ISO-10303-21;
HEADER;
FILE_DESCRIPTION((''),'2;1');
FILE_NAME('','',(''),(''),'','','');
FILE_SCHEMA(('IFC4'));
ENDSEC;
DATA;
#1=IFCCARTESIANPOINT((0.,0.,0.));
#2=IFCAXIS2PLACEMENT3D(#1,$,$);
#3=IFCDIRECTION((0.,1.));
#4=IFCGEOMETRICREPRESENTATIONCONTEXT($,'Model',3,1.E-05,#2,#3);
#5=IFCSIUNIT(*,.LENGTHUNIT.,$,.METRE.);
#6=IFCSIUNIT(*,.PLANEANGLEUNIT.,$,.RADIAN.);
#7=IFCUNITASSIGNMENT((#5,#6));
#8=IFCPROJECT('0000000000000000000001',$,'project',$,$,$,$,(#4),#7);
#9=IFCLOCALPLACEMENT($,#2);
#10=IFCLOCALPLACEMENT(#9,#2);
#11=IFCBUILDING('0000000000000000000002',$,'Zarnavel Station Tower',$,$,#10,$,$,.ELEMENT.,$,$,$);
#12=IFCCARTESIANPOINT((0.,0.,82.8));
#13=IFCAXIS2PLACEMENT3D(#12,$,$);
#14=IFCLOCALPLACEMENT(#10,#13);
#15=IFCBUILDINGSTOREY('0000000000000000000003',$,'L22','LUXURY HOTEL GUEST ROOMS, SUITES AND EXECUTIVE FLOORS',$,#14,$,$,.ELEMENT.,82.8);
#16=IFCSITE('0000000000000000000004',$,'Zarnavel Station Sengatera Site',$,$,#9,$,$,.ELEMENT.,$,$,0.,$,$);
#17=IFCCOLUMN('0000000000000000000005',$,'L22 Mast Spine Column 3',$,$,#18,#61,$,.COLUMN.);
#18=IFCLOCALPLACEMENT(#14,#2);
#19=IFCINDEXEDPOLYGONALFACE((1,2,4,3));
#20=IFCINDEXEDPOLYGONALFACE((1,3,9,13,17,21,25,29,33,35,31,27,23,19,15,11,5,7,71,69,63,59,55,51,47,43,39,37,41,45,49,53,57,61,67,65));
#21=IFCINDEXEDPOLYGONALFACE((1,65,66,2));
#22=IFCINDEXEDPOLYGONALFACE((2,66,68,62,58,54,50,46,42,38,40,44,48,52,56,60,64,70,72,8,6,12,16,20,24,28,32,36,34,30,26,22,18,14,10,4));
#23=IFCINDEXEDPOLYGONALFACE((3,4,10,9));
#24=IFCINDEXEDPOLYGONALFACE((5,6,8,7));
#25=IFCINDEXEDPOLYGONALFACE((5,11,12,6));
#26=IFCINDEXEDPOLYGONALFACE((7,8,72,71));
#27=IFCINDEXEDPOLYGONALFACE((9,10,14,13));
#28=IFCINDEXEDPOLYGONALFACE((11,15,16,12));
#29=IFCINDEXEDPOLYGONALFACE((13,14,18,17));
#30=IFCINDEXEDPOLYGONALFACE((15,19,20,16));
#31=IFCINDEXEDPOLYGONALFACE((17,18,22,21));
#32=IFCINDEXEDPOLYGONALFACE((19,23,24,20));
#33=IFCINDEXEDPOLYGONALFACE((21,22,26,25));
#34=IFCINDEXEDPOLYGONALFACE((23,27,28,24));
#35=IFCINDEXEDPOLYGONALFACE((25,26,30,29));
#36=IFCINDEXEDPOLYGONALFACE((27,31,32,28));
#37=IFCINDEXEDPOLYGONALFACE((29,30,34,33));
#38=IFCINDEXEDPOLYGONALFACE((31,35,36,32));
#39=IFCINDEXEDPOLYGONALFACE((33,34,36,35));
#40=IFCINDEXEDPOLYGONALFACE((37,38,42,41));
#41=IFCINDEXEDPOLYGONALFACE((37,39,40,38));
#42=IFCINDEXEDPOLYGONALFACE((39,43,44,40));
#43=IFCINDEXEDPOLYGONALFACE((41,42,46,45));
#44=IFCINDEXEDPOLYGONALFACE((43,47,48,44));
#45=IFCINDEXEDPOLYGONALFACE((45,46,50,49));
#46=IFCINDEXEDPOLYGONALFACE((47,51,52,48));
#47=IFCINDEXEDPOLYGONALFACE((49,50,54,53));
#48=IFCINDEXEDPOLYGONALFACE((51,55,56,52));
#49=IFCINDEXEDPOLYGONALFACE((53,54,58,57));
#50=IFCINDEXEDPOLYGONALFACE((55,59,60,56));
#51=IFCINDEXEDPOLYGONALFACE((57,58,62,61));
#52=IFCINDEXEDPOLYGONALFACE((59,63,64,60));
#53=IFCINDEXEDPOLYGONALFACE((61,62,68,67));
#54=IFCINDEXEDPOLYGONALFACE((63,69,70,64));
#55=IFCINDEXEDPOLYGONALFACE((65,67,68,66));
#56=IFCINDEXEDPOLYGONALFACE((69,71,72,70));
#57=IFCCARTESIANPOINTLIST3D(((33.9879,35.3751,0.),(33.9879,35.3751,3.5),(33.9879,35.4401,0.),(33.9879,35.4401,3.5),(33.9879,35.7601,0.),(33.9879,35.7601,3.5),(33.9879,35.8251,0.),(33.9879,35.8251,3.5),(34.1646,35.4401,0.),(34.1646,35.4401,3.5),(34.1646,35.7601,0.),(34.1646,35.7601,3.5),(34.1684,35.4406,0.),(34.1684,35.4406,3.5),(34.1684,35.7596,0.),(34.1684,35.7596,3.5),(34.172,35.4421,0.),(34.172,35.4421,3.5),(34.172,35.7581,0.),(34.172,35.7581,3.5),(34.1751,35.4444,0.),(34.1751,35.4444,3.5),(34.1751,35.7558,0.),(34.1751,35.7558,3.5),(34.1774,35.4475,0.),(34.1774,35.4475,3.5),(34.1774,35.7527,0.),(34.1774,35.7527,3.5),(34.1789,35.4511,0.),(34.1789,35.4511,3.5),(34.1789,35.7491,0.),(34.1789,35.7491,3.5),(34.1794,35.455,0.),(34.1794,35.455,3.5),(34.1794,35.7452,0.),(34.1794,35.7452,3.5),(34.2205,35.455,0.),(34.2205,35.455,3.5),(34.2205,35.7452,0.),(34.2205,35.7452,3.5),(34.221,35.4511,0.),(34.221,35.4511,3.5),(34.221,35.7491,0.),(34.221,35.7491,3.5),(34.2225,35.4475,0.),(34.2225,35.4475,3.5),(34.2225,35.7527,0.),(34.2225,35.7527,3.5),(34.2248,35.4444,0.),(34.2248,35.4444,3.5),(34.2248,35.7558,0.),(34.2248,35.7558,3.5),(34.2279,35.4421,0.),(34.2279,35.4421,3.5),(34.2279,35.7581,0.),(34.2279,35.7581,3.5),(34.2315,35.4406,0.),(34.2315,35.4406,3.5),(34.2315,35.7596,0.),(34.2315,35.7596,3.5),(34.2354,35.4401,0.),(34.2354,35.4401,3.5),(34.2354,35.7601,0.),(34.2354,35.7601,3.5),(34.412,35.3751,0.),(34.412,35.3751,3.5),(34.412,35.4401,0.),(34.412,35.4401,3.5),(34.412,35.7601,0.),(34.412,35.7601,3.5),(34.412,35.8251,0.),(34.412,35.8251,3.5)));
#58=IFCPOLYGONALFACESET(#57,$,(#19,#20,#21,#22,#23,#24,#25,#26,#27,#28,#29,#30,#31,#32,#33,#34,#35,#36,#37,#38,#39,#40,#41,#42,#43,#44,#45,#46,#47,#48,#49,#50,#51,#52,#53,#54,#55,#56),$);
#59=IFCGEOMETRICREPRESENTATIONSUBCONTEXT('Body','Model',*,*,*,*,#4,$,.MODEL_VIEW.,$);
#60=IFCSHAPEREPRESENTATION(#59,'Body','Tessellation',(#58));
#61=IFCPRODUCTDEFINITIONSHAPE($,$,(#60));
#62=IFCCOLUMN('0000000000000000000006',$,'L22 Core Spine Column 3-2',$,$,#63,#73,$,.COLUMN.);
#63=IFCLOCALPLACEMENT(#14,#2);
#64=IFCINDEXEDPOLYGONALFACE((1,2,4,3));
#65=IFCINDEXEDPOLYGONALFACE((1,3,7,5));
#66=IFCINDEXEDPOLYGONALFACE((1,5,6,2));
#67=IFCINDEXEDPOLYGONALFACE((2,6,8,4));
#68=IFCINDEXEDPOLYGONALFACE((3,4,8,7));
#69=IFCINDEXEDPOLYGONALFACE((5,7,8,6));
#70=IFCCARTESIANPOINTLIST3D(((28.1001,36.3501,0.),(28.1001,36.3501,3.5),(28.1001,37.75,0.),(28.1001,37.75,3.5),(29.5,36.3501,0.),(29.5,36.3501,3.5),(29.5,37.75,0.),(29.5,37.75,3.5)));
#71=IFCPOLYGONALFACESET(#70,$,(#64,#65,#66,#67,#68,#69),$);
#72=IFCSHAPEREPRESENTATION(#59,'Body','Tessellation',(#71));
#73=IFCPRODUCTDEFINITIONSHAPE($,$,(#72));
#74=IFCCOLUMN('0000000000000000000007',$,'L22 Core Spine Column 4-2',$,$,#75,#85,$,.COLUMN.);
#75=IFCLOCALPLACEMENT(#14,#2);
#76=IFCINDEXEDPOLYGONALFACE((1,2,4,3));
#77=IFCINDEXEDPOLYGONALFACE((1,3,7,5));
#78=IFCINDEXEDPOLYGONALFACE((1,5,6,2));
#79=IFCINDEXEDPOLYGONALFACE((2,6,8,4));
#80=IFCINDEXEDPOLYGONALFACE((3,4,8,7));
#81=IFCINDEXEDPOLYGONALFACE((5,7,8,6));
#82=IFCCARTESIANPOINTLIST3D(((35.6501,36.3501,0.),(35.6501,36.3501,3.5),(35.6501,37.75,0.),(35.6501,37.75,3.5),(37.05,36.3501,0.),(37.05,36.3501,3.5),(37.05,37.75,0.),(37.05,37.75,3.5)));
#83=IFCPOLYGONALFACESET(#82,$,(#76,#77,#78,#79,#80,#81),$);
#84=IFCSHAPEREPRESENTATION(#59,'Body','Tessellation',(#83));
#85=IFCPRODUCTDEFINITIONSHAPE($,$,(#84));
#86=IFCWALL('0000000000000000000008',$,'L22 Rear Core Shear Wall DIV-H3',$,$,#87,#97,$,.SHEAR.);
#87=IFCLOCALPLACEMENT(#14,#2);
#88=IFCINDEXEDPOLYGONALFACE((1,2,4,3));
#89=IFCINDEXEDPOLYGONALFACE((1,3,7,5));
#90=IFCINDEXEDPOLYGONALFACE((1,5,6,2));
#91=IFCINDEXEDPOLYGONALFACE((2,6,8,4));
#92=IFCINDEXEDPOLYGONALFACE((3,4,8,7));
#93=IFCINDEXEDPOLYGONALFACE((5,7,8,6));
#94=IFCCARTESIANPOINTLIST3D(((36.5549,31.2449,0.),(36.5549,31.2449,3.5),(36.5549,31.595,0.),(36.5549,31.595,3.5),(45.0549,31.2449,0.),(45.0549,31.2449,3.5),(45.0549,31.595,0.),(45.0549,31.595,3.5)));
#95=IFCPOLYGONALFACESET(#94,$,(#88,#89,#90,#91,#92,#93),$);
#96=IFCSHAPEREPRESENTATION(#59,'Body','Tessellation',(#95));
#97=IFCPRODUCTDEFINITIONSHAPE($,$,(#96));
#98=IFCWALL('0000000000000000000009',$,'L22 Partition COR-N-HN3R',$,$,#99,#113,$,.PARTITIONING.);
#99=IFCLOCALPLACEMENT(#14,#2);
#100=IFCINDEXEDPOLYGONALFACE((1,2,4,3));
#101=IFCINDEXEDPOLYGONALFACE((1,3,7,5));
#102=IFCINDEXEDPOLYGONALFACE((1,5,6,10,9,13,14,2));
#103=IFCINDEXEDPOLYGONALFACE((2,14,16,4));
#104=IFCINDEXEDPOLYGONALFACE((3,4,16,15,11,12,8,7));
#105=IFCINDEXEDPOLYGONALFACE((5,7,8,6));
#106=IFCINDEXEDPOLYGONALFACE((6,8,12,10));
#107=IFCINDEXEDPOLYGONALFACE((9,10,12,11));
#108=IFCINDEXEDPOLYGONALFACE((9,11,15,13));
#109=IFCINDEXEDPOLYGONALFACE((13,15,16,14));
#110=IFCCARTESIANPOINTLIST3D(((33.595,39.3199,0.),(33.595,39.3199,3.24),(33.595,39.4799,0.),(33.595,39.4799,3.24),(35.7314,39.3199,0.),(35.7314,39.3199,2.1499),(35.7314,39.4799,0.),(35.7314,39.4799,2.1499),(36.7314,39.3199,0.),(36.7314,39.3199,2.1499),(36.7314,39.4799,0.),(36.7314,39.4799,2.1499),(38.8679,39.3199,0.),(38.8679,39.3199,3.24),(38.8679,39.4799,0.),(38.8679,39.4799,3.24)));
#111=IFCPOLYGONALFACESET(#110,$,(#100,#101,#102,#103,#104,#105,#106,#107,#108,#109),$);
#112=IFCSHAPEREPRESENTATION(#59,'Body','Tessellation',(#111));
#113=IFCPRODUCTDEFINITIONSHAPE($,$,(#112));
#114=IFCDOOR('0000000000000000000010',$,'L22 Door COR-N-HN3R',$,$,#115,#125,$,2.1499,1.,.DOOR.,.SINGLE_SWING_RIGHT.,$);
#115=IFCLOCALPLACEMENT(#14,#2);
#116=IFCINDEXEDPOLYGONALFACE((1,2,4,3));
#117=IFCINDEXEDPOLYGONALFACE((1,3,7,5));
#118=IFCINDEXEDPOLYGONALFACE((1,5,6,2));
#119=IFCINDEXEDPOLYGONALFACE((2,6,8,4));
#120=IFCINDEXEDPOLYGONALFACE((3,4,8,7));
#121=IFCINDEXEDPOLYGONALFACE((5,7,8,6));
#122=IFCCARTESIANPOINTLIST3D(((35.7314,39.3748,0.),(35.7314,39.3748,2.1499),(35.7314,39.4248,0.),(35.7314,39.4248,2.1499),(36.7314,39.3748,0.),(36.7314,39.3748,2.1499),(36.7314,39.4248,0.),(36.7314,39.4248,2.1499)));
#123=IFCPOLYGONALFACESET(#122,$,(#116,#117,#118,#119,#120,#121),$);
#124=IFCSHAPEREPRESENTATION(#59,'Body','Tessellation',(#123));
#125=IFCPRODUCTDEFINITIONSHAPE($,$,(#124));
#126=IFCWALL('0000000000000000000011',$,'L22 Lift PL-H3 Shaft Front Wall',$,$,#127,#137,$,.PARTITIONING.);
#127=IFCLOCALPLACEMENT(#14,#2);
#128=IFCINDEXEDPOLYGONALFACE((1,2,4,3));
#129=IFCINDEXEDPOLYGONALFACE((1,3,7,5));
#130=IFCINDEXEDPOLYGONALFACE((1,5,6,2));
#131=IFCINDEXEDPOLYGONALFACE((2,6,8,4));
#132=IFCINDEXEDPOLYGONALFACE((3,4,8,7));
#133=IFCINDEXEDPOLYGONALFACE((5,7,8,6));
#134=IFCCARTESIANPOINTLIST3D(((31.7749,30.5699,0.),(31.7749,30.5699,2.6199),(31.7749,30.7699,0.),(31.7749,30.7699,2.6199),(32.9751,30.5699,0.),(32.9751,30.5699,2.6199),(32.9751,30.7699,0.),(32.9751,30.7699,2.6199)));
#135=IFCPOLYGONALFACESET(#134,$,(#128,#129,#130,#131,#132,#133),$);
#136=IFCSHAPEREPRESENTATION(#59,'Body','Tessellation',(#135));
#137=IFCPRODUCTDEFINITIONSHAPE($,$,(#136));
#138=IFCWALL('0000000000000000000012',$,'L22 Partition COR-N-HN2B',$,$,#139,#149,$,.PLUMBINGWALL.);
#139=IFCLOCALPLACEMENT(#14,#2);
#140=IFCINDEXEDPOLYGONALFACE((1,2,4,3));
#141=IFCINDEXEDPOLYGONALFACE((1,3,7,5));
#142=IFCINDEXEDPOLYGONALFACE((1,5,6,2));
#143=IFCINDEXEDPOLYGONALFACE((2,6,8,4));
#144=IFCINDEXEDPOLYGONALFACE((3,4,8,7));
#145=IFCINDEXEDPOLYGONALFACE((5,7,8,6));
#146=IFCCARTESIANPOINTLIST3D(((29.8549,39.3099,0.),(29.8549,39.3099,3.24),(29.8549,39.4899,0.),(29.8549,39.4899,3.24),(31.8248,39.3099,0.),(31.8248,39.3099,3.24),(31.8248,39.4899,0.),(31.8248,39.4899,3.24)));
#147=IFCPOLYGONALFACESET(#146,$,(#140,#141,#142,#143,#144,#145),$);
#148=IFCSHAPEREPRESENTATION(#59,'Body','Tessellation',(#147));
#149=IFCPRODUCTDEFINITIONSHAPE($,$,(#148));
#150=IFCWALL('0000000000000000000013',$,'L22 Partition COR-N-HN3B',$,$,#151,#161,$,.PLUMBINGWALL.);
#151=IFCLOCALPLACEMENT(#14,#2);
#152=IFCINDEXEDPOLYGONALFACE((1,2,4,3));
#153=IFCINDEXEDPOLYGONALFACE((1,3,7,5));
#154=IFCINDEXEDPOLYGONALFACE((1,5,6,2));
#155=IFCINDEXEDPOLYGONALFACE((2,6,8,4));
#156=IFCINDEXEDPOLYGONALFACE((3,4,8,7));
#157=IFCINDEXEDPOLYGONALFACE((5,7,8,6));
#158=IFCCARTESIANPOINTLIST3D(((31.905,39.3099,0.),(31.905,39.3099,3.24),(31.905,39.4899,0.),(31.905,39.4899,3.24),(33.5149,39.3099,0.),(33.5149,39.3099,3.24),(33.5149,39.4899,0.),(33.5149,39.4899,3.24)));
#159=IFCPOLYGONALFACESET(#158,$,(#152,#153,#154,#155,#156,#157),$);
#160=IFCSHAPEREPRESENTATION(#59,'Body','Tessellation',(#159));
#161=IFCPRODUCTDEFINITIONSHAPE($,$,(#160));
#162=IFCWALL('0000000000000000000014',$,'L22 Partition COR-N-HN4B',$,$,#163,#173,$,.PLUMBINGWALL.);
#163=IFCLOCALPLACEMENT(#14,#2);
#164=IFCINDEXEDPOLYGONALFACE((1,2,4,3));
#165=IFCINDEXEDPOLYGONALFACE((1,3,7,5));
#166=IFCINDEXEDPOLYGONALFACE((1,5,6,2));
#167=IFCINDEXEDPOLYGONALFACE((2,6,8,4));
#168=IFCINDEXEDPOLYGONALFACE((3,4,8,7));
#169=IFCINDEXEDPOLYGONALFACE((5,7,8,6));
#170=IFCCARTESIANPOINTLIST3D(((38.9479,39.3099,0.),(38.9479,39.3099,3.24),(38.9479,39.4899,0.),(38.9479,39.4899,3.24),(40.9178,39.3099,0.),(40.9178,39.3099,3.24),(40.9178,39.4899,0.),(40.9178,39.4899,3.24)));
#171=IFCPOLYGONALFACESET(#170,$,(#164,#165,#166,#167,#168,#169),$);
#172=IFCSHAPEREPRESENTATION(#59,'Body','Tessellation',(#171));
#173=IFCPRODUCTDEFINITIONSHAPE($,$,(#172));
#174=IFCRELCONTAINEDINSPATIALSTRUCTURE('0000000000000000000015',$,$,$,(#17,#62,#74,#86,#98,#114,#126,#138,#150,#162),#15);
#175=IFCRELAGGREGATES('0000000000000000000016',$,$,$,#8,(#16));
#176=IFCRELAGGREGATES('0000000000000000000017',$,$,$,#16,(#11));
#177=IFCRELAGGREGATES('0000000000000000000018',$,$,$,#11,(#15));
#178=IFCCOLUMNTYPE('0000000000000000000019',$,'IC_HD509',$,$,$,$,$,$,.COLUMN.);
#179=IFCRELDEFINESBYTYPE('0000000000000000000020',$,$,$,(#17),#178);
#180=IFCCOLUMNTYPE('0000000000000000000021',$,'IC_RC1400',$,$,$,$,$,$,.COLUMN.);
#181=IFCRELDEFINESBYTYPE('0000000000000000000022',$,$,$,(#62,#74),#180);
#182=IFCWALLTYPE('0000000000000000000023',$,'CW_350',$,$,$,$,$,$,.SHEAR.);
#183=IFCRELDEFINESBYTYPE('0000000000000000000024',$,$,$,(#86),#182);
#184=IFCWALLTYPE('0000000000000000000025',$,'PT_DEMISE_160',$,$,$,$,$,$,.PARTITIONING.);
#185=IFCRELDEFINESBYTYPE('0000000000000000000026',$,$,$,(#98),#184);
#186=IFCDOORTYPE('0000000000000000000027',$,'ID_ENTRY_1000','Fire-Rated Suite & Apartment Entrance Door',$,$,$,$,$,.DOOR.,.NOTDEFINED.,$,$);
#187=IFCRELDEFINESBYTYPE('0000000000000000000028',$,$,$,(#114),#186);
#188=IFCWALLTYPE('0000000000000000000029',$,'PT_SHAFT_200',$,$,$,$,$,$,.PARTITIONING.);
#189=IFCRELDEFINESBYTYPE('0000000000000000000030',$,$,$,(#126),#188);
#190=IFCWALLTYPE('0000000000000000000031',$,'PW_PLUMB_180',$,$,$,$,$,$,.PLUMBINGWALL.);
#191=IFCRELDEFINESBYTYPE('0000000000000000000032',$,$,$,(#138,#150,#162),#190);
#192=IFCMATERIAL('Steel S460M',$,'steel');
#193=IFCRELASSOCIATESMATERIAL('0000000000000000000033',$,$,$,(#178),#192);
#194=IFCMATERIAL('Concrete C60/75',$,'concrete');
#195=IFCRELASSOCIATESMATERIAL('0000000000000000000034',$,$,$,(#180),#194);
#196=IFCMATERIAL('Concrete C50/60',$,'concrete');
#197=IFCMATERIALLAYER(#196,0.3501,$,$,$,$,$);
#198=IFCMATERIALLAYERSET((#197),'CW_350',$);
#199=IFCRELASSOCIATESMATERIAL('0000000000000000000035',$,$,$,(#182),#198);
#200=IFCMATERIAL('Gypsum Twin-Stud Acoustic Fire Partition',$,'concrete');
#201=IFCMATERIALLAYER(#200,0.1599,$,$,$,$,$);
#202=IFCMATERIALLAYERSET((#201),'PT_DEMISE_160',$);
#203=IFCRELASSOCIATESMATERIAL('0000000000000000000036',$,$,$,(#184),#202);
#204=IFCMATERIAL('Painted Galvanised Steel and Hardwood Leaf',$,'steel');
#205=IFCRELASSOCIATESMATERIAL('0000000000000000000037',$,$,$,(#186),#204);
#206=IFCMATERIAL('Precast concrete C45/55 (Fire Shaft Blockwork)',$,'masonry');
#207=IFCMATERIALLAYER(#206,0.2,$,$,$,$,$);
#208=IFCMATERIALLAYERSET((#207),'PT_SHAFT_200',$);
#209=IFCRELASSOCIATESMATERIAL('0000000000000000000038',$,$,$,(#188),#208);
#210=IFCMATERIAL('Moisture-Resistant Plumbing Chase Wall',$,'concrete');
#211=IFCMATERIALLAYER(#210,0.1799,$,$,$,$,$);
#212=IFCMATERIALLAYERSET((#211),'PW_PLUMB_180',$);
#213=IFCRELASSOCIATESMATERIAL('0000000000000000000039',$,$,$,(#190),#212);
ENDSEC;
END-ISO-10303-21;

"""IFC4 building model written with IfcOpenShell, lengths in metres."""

from ifc_helpers import new_model, si_unit, direction, frame, frame_2d, origin, origin_2d, place, context, subcontext, project, spatial, rectangle, i_section, extrude, material, layer, layer_set, material_profile, profile_set, type_object, element, fill, save


model = new_model("IFC4")

# Units and contexts
model_context = context("Model", 3, precision=1e-05, world=origin(), true_north=direction((0.0, 1.0)))
body_context = subcontext(model_context, "Body", "Model", "MODEL_VIEW")
ifc_project = project(units=[si_unit("LENGTHUNIT", "METRE"), si_unit("PLANEANGLEUNIT", "RADIAN")], contexts=[model_context])

# Site, building, storey
site_placement = place(None, origin())
site = spatial("IfcSite", under=ifc_project, at=site_placement, Name="Zarnavel Station Sengatera Site", CompositionType="ELEMENT", RefElevation=0.0)
building_placement = place(site_placement, origin())
building = spatial("IfcBuilding", under=site, at=building_placement, Name="Zarnavel Station Tower", CompositionType="ELEMENT")
storey_placement = place(building_placement, frame((0.0, 0.0, 82.8)))
storey = spatial("IfcBuildingStorey", under=building, at=storey_placement, Name="L22", Description="LUXURY HOTEL GUEST ROOMS, SUITES AND EXECUTIVE FLOORS", CompositionType="ELEMENT", Elevation=82.8)

# Columns
ifc_material_1 = material(Name="Steel S460M", Category="steel")
ifc_material_profile_1 = material_profile(ifc_material_1, i_section(OverallWidth=0.4241, OverallDepth=0.45, WebThickness=0.041, FlangeThickness=0.0649, FilletRadius=0.0149, at=origin_2d()), Name="HD400x509")
ifc_profile_set_1 = profile_set([ifc_material_profile_1], Name="Steel S460M")
column_type_1 = type_object("IfcColumnType", Name="IC_HD509", PredefinedType="COLUMN", material=ifc_profile_set_1)
column_placement = place(storey_placement, frame((34.2, 35.6001, 0.0), z_axis=(0.0, 0.0, 1.0), x_axis=(1.0, 0.0, 0.0)))
element("IfcColumn", 1, at=column_placement, inside=storey, type_object=column_type_1, Name="L22 Mast Spine Column 3", PredefinedType="COLUMN", context=body_context, shape_type="SweptSolid", body=[
    extrude(i_section(OverallWidth=0.4241, OverallDepth=0.45, WebThickness=0.041, FlangeThickness=0.0649, FilletRadius=0.0149, at=origin_2d()), origin(), (0.0, 0.0, 1.0), 3.5),
])
ifc_material_2 = material(Name="Concrete C60/75", Category="concrete")
ifc_material_profile_2 = material_profile(ifc_material_2, rectangle(XDim=1.3999, YDim=1.3999, at=origin_2d()), Name="RC1400x1400")
ifc_profile_set_2 = profile_set([ifc_material_profile_2], Name="Concrete C60/75")
column_type_2 = type_object("IfcColumnType", Name="IC_RC1400", PredefinedType="COLUMN", material=ifc_profile_set_2)
for number, where, z_axis, x_axis, name in (
    (2, (28.8, 37.05, 0.0), (0.0, 0.0, 1.0), (1.0, 0.0, 0.0), "L22 Core Spine Column 3-2"),
    (3, (36.3501, 37.05, 0.0), (0.0, 0.0, 1.0), (1.0, 0.0, 0.0), "L22 Core Spine Column 4-2"),
):
    element("IfcColumn", number, at=place(storey_placement, frame(where, z_axis=z_axis, x_axis=x_axis)), inside=storey, type_object=column_type_2, Name=name, PredefinedType="COLUMN", context=body_context, shape_type="SweptSolid", body=[
        extrude(rectangle(XDim=1.3999, YDim=1.3999, at=origin_2d()), origin(), (0.0, 0.0, 1.0), 3.5),
    ])

# Wall
ifc_material_3 = material(Name="Concrete C50/60", Category="concrete")
ifc_layer_1 = layer(ifc_material_3, 0.3501)
ifc_layer_set_1 = layer_set([ifc_layer_1], Name="CW_350")
wall_type_1 = type_object("IfcWallType", Name="CW_350", PredefinedType="SHEAR", material=ifc_layer_set_1)
wall_1_placement = place(storey_placement, frame((36.5549, 31.4199, 0.0), z_axis=(0.0, 0.0, 1.0), x_axis=(1.0, 0.0, 0.0)))
element("IfcWall", 4, at=wall_1_placement, inside=storey, type_object=wall_type_1, Name="L22 Rear Core Shear Wall DIV-H3", PredefinedType="SHEAR", context=body_context, shape_type="SweptSolid", body=[
    extrude(rectangle(XDim=8.5, YDim=0.3501, at=frame_2d((4.25, 0.0))), origin(), (0.0, 0.0, 1.0), 3.5),
])

# Wall, opening, door
ifc_material_4 = material(Name="Gypsum Twin-Stud Acoustic Fire Partition", Category="concrete")
ifc_layer_2 = layer(ifc_material_4, 0.1599)
ifc_layer_set_2 = layer_set([ifc_layer_2], Name="PT_DEMISE_160")
wall_type_2 = type_object("IfcWallType", Name="PT_DEMISE_160", PredefinedType="PARTITIONING", material=ifc_layer_set_2)
wall_2_placement = place(storey_placement, frame((33.595, 39.3999, 0.0), z_axis=(0.0, 0.0, 1.0), x_axis=(1.0, 0.0, 0.0)))
wall_2 = element("IfcWall", 5, at=wall_2_placement, inside=storey, type_object=wall_type_2, Name="L22 Partition COR-N-HN3R", PredefinedType="PARTITIONING", context=body_context, shape_type="SweptSolid", body=[
    extrude(rectangle(XDim=5.2729, YDim=0.1599, at=frame_2d((2.6365, 0.0))), origin(), (0.0, 0.0, 1.0), 3.24),
])
opening_1_placement = place(wall_2_placement, frame((2.1365, 0.0, 0.0)))
opening_1 = element("IfcOpeningElement", 6, at=opening_1_placement, cuts=wall_2, PredefinedType="OPENING", context=body_context, shape_type="SweptSolid", body=[
    extrude(rectangle(XDim=1.0, YDim=2.1499, at=frame_2d((0.5, 1.075))), frame((0.0, 0.0898, 0.0), z_axis=(0.0, -1.0, 0.0), x_axis=(1.0, 0.0, 0.0)), (0.0, 0.0, 1.0), 0.1799),
])
ifc_material_5 = material(Name="Painted Galvanised Steel and Hardwood Leaf", Category="steel")
door_type_1 = type_object("IfcDoorType", Name="ID_ENTRY_1000", Description="Fire-Rated Suite & Apartment Entrance Door", OperationType="NOTDEFINED", PredefinedType="DOOR", material=ifc_material_5)
door_1_placement = place(opening_1_placement, origin())
door_1 = element("IfcDoor", 7, at=door_1_placement, inside=storey, type_object=door_type_1, Name="L22 Door COR-N-HN3R", OperationType="SINGLE_SWING_RIGHT", OverallHeight=2.1499, OverallWidth=1.0, PredefinedType="DOOR", context=body_context, shape_type="SweptSolid", body=[
    extrude(rectangle(XDim=1.0, YDim=2.1499, at=frame_2d((0.5, 1.075))), frame((0.0, 0.0249, 0.0), z_axis=(0.0, -1.0, 0.0), x_axis=(1.0, 0.0, 0.0)), (0.0, 0.0, 1.0), 0.05),
])
fill(opening_1, door_1)
ifc_material_6 = material(Name="Precast concrete C45/55 (Fire Shaft Blockwork)", Category="masonry")
ifc_layer_3 = layer(ifc_material_6, 0.2)
ifc_layer_set_3 = layer_set([ifc_layer_3], Name="PT_SHAFT_200")
wall_type_3 = type_object("IfcWallType", Name="PT_SHAFT_200", PredefinedType="PARTITIONING", material=ifc_layer_set_3)

# Wall
wall_3_placement = place(storey_placement, frame((31.7749, 30.6699, 0.0), z_axis=(0.0, 0.0, 1.0), x_axis=(1.0, 0.0, 0.0)))
element("IfcWall", 8, at=wall_3_placement, inside=storey, type_object=wall_type_3, Name="L22 Lift PL-H3 Shaft Front Wall", PredefinedType="PARTITIONING", context=body_context, shape_type="SweptSolid", body=[
    extrude(rectangle(XDim=1.2002, YDim=0.2, at=frame_2d((0.6001, 0.0))), origin(), (0.0, 0.0, 1.0), 2.6199),
])

# Walls
ifc_material_7 = material(Name="Moisture-Resistant Plumbing Chase Wall", Category="concrete")
ifc_layer_4 = layer(ifc_material_7, 0.1799)
ifc_layer_set_4 = layer_set([ifc_layer_4], Name="PW_PLUMB_180")
wall_type_4 = type_object("IfcWallType", Name="PW_PLUMB_180", PredefinedType="PLUMBINGWALL", material=ifc_layer_set_4)
wall_4_placement = place(storey_placement, frame((29.855, 39.3999, 0.0), z_axis=(0.0, 0.0, 1.0), x_axis=(1.0, 0.0, 0.0)))
element("IfcWall", 9, at=wall_4_placement, inside=storey, type_object=wall_type_4, Name="L22 Partition COR-N-HN2B", PredefinedType="PLUMBINGWALL", context=body_context, shape_type="SweptSolid", body=[
    extrude(rectangle(XDim=1.97, YDim=0.1799, at=frame_2d((0.9849, 0.0))), origin(), (0.0, 0.0, 1.0), 3.24),
])
wall_5_placement = place(storey_placement, frame((31.905, 39.3999, 0.0), z_axis=(0.0, 0.0, 1.0), x_axis=(1.0, 0.0, 0.0)))
element("IfcWall", 10, at=wall_5_placement, inside=storey, type_object=wall_type_4, Name="L22 Partition COR-N-HN3B", PredefinedType="PLUMBINGWALL", context=body_context, shape_type="SweptSolid", body=[
    extrude(rectangle(XDim=1.6099, YDim=0.1799, at=frame_2d((0.8049, 0.0))), origin(), (0.0, 0.0, 1.0), 3.24),
])
wall_6_placement = place(storey_placement, frame((38.948, 39.3999, 0.0), z_axis=(0.0, 0.0, 1.0), x_axis=(1.0, 0.0, 0.0)))
element("IfcWall", 11, at=wall_6_placement, inside=storey, type_object=wall_type_4, Name="L22 Partition COR-N-HN4B", PredefinedType="PLUMBINGWALL", context=body_context, shape_type="SweptSolid", body=[
    extrude(rectangle(XDim=1.97, YDim=0.1799, at=frame_2d((0.9849, 0.0))), origin(), (0.0, 0.0, 1.0), 3.24),
])

save(model, "model.ifc")
